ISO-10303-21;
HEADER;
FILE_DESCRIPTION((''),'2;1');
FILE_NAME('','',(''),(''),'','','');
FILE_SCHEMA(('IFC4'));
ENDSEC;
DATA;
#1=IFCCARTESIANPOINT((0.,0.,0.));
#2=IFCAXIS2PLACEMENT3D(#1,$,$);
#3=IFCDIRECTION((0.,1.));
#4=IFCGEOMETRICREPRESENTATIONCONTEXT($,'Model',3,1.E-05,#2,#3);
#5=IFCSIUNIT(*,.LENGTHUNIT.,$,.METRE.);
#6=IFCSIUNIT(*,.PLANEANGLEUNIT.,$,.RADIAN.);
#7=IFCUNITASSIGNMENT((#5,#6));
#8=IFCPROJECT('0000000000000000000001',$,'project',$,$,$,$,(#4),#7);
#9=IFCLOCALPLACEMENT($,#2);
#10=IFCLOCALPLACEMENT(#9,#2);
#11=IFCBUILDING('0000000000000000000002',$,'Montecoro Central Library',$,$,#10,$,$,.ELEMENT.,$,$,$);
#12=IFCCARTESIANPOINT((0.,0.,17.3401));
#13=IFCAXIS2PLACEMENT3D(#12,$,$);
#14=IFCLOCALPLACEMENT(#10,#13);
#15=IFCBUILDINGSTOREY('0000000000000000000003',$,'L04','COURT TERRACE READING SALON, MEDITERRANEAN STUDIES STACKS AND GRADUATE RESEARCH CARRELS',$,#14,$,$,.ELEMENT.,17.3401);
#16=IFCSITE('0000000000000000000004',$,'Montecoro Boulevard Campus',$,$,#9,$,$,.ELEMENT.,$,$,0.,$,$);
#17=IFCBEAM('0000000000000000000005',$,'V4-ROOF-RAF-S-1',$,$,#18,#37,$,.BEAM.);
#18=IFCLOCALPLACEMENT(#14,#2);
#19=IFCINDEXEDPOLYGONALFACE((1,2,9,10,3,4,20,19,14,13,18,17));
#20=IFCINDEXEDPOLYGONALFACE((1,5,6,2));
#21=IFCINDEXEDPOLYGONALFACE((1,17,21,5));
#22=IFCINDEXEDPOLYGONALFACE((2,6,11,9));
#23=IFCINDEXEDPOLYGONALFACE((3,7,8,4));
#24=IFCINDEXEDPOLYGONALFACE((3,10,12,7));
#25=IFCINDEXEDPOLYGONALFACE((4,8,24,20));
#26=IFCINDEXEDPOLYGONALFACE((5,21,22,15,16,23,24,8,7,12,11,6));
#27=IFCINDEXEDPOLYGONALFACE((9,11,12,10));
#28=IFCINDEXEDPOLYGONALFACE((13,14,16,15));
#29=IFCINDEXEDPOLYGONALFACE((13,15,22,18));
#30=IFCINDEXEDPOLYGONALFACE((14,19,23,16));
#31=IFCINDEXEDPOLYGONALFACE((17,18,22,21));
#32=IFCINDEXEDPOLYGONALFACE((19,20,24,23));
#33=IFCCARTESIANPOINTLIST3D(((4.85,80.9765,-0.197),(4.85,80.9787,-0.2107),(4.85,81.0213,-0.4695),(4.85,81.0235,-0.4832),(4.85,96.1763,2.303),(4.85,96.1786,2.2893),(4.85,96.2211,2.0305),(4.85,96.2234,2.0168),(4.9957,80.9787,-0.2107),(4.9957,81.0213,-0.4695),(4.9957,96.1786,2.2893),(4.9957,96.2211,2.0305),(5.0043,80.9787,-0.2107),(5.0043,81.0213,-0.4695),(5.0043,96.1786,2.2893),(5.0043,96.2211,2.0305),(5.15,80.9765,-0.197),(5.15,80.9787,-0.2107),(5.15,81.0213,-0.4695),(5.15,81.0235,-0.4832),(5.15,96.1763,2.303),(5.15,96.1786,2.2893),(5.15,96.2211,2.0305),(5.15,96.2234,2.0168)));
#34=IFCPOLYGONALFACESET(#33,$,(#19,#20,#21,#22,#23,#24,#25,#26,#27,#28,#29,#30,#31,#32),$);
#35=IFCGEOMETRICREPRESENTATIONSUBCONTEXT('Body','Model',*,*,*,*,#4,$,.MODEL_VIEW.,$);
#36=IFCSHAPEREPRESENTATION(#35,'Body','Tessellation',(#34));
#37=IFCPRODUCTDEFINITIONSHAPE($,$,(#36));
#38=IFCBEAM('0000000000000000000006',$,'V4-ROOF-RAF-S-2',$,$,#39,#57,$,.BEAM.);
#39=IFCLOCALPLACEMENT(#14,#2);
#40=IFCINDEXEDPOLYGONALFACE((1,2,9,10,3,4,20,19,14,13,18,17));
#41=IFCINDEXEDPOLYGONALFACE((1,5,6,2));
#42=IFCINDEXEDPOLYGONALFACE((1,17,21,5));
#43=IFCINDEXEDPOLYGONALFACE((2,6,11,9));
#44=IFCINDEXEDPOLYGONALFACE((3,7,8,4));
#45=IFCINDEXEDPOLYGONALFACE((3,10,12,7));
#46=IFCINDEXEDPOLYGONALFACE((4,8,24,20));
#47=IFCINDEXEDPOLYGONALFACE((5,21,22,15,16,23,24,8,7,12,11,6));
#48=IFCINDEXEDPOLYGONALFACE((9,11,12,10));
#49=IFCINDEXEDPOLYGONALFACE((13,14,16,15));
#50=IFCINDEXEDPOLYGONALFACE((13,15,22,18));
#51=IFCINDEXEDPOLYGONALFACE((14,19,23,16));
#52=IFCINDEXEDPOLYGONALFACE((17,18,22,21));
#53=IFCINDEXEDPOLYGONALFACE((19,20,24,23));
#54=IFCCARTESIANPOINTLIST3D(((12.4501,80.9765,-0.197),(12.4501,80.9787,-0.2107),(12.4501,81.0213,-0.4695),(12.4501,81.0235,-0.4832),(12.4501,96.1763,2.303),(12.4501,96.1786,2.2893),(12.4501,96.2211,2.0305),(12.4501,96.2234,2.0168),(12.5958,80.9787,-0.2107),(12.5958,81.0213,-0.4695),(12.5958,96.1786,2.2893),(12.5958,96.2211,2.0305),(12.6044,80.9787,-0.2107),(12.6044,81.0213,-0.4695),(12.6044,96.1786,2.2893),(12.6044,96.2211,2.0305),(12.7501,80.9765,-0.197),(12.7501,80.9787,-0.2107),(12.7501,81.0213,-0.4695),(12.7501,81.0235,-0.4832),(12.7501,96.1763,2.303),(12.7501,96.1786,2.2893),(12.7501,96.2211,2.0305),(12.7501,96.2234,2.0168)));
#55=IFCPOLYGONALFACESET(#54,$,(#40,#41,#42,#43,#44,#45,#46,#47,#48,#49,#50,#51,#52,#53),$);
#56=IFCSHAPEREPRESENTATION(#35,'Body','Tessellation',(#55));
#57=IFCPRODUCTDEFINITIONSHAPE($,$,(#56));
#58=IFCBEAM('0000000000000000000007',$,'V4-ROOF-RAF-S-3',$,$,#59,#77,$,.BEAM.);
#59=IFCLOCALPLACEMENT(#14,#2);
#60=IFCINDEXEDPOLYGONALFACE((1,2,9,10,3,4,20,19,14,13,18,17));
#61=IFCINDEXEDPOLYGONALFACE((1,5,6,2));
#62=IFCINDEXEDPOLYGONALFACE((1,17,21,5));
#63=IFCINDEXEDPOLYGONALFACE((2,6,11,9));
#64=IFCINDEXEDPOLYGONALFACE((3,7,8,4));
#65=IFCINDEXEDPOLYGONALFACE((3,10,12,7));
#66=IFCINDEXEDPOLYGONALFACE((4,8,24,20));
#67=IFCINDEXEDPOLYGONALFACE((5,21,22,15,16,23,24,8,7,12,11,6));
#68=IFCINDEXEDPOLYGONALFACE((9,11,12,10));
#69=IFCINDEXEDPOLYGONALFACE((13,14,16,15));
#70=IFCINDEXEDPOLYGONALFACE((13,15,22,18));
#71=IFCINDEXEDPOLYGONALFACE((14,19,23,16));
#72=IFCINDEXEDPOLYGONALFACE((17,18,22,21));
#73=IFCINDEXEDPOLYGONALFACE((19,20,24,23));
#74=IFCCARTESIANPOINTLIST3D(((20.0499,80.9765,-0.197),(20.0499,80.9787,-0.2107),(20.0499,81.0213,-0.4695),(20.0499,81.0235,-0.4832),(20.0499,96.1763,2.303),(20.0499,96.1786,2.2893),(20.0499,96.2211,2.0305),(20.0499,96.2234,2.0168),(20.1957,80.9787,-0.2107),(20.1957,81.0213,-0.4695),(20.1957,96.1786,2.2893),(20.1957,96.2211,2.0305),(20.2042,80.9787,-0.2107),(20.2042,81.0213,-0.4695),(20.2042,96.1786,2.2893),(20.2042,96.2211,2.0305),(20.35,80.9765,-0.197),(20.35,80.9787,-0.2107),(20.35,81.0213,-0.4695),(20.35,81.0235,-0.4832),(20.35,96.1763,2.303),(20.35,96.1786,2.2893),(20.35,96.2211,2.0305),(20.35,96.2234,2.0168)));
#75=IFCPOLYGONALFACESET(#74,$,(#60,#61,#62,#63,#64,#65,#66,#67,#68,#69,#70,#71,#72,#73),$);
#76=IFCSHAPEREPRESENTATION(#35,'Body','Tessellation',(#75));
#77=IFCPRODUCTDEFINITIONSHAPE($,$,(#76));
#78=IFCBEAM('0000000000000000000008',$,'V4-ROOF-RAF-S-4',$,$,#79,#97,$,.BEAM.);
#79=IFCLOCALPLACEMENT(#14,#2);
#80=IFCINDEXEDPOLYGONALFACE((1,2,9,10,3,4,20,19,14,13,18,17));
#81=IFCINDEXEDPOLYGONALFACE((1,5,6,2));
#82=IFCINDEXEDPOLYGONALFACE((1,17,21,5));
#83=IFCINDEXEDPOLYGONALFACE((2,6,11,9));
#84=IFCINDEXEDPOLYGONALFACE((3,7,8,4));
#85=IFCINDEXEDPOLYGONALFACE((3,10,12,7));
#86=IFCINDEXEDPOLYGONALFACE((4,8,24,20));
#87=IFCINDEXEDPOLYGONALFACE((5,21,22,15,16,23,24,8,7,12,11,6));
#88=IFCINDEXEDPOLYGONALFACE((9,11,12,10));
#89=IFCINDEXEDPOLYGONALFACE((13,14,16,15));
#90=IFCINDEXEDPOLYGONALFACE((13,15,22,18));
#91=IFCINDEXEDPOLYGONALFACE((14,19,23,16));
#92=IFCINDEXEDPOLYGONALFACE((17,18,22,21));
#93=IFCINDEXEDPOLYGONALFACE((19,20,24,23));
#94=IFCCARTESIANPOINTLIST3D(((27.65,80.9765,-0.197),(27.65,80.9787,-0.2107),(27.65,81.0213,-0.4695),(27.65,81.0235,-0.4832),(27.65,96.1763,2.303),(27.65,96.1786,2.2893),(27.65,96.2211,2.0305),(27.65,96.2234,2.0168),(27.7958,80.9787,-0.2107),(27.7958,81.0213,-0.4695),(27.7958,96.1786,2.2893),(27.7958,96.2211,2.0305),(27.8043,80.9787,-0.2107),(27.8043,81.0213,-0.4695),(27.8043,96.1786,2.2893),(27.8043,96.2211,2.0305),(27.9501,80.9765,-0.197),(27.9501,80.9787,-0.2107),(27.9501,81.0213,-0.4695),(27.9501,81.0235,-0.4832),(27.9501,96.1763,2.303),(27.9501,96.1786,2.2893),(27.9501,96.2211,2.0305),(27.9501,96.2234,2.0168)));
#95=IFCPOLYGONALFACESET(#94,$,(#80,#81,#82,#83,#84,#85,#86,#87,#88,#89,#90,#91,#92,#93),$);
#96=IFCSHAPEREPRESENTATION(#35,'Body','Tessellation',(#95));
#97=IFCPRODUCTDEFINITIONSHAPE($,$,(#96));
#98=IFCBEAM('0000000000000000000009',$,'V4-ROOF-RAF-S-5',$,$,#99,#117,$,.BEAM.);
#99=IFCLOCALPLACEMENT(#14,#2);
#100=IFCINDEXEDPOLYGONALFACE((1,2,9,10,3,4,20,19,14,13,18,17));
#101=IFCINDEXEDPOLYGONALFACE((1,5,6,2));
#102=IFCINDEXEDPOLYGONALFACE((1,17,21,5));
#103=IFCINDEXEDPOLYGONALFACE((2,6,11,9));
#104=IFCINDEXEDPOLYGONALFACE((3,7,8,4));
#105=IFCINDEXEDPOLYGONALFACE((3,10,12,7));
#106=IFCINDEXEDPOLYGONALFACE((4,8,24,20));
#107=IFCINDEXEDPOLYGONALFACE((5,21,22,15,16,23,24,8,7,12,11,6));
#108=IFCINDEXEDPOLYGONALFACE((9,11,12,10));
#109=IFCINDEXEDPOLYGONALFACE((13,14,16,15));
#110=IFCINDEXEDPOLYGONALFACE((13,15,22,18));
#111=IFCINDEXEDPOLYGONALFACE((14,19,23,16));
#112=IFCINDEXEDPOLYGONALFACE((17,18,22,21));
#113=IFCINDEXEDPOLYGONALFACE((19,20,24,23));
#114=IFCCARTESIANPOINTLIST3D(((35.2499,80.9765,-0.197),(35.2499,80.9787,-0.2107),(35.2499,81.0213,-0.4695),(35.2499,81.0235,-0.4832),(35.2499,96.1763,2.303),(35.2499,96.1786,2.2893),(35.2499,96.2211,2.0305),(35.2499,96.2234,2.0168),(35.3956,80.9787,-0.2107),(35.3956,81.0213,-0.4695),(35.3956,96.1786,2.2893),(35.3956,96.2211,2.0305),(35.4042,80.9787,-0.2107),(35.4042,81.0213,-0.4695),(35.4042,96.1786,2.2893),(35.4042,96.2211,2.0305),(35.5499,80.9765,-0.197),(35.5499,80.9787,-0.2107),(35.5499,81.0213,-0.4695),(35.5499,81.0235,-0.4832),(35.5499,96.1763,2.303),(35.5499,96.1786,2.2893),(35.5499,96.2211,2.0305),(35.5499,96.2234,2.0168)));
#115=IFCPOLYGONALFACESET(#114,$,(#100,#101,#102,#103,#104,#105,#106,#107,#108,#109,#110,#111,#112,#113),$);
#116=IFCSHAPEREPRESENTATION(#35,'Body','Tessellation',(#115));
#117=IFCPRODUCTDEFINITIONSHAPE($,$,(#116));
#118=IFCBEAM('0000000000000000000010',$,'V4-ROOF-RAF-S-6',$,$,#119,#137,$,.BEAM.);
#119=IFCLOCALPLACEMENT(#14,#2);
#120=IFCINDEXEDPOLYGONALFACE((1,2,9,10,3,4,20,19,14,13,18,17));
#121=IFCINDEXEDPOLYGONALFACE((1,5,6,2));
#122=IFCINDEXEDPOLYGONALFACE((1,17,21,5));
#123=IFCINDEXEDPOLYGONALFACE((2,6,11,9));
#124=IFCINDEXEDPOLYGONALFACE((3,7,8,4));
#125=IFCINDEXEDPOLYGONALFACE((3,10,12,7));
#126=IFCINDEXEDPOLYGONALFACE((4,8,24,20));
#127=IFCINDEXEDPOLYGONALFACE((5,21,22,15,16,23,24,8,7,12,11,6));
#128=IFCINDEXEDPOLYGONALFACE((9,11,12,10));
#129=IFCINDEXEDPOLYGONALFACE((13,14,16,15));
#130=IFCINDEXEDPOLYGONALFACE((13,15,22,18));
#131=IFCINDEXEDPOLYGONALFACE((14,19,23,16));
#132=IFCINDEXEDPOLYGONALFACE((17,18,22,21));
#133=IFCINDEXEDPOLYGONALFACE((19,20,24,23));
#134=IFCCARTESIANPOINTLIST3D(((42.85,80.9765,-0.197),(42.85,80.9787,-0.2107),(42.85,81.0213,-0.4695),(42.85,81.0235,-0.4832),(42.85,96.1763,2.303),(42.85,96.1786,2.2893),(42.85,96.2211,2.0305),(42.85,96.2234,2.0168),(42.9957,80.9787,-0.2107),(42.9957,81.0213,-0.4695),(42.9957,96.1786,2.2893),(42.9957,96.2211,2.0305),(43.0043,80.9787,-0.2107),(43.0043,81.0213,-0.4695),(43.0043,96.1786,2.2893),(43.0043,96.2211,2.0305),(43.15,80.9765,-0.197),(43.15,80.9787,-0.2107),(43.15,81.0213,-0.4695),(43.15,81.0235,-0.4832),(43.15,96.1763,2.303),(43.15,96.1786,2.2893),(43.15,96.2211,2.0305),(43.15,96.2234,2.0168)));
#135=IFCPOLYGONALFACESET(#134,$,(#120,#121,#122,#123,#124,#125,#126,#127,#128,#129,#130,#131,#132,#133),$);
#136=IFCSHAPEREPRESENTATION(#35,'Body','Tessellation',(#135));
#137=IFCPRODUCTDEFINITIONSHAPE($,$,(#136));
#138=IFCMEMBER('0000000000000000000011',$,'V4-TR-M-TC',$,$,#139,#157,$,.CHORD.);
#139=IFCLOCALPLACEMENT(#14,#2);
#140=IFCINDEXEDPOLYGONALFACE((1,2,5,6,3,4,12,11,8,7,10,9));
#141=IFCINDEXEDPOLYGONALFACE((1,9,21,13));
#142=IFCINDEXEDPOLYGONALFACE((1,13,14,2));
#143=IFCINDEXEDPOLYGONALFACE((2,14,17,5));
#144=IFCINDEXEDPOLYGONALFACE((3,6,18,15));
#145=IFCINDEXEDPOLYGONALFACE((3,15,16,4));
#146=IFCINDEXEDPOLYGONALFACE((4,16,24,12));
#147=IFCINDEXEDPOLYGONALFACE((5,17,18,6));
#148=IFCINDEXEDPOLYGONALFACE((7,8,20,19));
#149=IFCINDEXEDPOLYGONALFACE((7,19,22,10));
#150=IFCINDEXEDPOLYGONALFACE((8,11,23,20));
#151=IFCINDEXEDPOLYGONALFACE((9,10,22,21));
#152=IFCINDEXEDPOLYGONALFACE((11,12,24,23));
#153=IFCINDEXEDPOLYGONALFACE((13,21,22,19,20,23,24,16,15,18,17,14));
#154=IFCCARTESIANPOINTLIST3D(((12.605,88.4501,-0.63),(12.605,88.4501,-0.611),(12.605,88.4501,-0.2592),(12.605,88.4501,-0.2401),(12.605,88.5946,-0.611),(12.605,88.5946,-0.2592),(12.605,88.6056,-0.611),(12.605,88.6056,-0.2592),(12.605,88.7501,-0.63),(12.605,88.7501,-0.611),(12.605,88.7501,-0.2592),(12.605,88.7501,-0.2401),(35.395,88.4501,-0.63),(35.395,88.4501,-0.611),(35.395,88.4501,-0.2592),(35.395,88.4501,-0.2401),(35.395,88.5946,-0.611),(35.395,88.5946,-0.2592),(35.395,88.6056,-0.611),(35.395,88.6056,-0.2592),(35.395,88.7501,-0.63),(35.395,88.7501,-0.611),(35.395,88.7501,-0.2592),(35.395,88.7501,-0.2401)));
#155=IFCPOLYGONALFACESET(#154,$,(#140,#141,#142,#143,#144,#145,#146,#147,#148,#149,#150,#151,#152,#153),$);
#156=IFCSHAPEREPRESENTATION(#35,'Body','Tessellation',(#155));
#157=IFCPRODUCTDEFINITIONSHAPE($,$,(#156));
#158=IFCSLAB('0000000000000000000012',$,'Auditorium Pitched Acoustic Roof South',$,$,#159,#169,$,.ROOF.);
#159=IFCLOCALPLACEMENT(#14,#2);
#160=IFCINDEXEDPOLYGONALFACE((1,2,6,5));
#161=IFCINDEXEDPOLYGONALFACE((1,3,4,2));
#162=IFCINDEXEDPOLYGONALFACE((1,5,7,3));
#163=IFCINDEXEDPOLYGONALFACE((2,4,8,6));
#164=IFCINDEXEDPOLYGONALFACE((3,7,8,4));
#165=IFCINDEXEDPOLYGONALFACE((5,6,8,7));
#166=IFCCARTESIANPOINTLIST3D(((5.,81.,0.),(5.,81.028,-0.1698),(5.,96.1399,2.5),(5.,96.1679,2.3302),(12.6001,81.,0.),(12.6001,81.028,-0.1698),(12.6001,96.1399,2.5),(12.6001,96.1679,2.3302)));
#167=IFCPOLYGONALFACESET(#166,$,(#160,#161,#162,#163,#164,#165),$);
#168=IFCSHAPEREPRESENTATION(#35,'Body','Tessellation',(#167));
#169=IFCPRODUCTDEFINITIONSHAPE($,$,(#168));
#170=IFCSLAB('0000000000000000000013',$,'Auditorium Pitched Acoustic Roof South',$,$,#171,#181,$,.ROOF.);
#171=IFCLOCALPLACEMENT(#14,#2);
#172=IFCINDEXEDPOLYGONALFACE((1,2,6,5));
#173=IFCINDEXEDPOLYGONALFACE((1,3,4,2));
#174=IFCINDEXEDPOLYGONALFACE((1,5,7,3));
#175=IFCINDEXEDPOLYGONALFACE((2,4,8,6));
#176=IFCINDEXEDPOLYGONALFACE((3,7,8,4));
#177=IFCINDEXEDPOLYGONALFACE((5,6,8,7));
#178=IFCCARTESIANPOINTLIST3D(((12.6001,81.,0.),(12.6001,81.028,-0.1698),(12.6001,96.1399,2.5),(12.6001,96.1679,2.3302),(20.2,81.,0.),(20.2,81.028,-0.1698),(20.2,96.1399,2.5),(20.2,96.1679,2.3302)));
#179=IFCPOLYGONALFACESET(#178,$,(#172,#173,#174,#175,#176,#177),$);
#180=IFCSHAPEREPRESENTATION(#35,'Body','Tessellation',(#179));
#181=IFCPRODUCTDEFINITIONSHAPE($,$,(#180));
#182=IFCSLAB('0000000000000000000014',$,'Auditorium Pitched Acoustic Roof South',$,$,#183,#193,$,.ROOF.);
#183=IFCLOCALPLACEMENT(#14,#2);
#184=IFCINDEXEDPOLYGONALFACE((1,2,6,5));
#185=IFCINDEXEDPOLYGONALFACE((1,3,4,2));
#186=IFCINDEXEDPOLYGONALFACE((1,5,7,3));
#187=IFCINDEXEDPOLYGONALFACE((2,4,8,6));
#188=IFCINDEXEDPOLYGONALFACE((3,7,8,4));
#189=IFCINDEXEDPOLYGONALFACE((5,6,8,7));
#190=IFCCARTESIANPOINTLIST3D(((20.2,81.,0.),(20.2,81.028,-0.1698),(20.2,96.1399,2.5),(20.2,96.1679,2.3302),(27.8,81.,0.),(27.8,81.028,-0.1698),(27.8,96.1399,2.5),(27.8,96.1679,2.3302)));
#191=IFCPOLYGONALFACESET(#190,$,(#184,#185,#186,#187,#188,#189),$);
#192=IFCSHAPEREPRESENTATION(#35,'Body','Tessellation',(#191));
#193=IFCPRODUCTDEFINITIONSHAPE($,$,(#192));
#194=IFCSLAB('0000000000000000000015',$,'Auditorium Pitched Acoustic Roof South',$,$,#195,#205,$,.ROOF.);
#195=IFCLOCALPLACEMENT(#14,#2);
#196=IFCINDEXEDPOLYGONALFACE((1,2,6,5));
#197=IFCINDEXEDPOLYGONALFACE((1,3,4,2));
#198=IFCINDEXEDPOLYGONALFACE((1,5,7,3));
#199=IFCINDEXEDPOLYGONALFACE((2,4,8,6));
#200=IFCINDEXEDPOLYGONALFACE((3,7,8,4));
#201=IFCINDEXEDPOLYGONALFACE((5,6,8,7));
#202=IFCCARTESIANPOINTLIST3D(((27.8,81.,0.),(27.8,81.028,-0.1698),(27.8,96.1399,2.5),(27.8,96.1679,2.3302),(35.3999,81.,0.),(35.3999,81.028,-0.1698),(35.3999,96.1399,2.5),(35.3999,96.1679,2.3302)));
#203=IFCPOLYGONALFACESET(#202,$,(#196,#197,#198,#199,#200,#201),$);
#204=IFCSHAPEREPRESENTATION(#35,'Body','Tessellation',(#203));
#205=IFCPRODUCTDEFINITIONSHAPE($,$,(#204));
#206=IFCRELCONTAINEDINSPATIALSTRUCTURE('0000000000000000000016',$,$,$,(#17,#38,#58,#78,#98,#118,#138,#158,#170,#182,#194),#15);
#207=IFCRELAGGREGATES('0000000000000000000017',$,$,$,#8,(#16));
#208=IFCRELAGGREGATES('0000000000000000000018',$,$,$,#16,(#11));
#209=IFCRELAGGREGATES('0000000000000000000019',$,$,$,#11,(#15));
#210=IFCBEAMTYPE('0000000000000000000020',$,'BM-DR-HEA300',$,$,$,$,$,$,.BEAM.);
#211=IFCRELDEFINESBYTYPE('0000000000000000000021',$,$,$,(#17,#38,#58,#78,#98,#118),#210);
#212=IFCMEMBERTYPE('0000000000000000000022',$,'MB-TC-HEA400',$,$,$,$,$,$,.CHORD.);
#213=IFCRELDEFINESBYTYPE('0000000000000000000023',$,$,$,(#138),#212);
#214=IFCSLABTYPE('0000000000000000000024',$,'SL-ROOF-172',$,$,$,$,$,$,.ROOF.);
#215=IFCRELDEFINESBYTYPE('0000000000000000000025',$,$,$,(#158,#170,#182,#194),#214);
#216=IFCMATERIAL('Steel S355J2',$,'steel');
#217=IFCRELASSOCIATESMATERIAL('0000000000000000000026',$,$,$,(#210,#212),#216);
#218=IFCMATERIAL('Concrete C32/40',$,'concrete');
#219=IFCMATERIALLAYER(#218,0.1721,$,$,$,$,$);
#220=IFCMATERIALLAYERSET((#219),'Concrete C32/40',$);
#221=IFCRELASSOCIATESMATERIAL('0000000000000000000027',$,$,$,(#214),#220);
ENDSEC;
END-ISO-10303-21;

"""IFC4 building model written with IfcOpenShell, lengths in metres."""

from ifc_helpers import new_model, si_unit, direction, frame, origin, origin_2d, place, context, subcontext, project, spatial, polyline, i_section, outline, extrude, material, layer, layer_set, material_profile, profile_set, type_object, element, save


model = new_model("IFC4")

# Units and contexts
model_context = context("Model", 3, precision=1e-05, world=origin(), true_north=direction((0.0, 1.0)))
body_context = subcontext(model_context, "Body", "Model", "MODEL_VIEW")
ifc_project = project(units=[si_unit("LENGTHUNIT", "METRE"), si_unit("PLANEANGLEUNIT", "RADIAN")], contexts=[model_context])

# Site, building, storey
site_placement = place(None, origin())
site = spatial("IfcSite", under=ifc_project, at=site_placement, Name="Montecoro Boulevard Campus", CompositionType="ELEMENT", RefElevation=0.0)
building_placement = place(site_placement, origin())
building = spatial("IfcBuilding", under=site, at=building_placement, Name="Montecoro Central Library", CompositionType="ELEMENT")
storey_placement = place(building_placement, frame((0.0, 0.0, 17.3401)))
storey = spatial("IfcBuildingStorey", under=building, at=storey_placement, Name="L04", Description="COURT TERRACE READING SALON, MEDITERRANEAN STUDIES STACKS AND GRADUATE RESEARCH CARRELS", CompositionType="ELEMENT", Elevation=17.3401)

# Beams
ifc_material_1 = material(Name="Steel S355J2", Category="steel")
ifc_material_profile_1 = material_profile(ifc_material_1, i_section(OverallWidth=0.3, OverallDepth=0.29, WebThickness=0.0085, FlangeThickness=0.0139, at=origin_2d()), Name="HEA 300")
ifc_profile_set_1 = profile_set([ifc_material_profile_1], Name="Steel S355J2")
beam_type = type_object("IfcBeamType", Name="BM-DR-HEA300", PredefinedType="BEAM", material=ifc_profile_set_1)
for number, where, z_axis, x_axis, name in (
    (1, (5.0, 81.0, -0.3401), (0.0, 0.986742, 0.162294), (-1.0, 0.0, 0.0), "V4-ROOF-RAF-S-1"),
    (2, (12.6001, 81.0, -0.3401), (0.0, 0.986742, 0.162294), (-1.0, 0.0, 0.0), "V4-ROOF-RAF-S-2"),
    (3, (20.2, 81.0, -0.3401), (0.0, 0.986742, 0.162294), (-1.0, 0.0, 0.0), "V4-ROOF-RAF-S-3"),
    (4, (27.8, 81.0, -0.3401), (0.0, 0.986742, 0.162294), (-1.0, 0.0, 0.0), "V4-ROOF-RAF-S-4"),
    (5, (35.3999, 81.0, -0.3401), (0.0, 0.986742, 0.162294), (-1.0, 0.0, 0.0), "V4-ROOF-RAF-S-5"),
    (6, (43.0, 81.0, -0.3401), (0.0, 0.986742, 0.162294), (-1.0, 0.0, 0.0), "V4-ROOF-RAF-S-6"),
):
    element("IfcBeam", number, at=place(storey_placement, frame(where, z_axis=z_axis, x_axis=x_axis)), inside=storey, type_object=beam_type, Name=name, PredefinedType="BEAM", context=body_context, shape_type="SweptSolid", body=[
        extrude(i_section(OverallWidth=0.3, OverallDepth=0.29, WebThickness=0.0085, FlangeThickness=0.0139, at=origin_2d()), origin(), (0.0, 0.0, 1.0), 15.4041),
    ])

# Member
ifc_material_profile_2 = material_profile(ifc_material_1, i_section(OverallWidth=0.3, OverallDepth=0.3899, WebThickness=0.011, FlangeThickness=0.019, at=origin_2d()), Name="HEA 400")
ifc_profile_set_2 = profile_set([ifc_material_profile_2], Name="Steel S355J2")
member_type = type_object("IfcMemberType", Name="MB-TC-HEA400", PredefinedType="CHORD", material=ifc_profile_set_2)
member_placement = place(storey_placement, frame((12.605, 88.6001, -0.4351), z_axis=(1.0, 0.0, 0.0), x_axis=(0.0, 1.0, 0.0)))
element("IfcMember", 7, at=member_placement, inside=storey, type_object=member_type, Name="V4-TR-M-TC", PredefinedType="CHORD", context=body_context, shape_type="SweptSolid", body=[
    extrude(i_section(OverallWidth=0.3, OverallDepth=0.3899, WebThickness=0.011, FlangeThickness=0.019, at=origin_2d()), origin(), (0.0, 0.0, 1.0), 22.79),
])

# Slabs
ifc_material_2 = material(Name="Concrete C32/40", Category="concrete")
ifc_layer_1 = layer(ifc_material_2, 0.1721)
ifc_layer_set_1 = layer_set([ifc_layer_1], Name="Concrete C32/40")
slab_type = type_object("IfcSlabType", Name="SL-ROOF-172", PredefinedType="ROOF", material=ifc_layer_set_1)
slab_1_placement = place(storey_placement, frame((5.0, 81.0, 0.0), z_axis=(0.0, -0.16292, 0.986639), x_axis=(1.0, 0.0, 0.0)))
element("IfcSlab", 8, at=slab_1_placement, inside=storey, type_object=slab_type, Name="Auditorium Pitched Acoustic Roof South", PredefinedType="ROOF", context=body_context, shape_type="SweptSolid", body=[
    extrude(outline(polyline([(0.0, 0.0), (7.6001, 0.0), (7.6001, 15.3449), (0.0, 15.3449), (0.0, 0.0)])), origin(), (0.0, 0.0, -1.0), 0.1721),
])
slab_2_placement = place(storey_placement, frame((12.6001, 81.0, 0.0), z_axis=(0.0, -0.16292, 0.986639), x_axis=(1.0, 0.0, 0.0)))
element("IfcSlab", 9, at=slab_2_placement, inside=storey, type_object=slab_type, Name="Auditorium Pitched Acoustic Roof South", PredefinedType="ROOF", context=body_context, shape_type="SweptSolid", body=[
    extrude(outline(polyline([(0.0, 0.0), (7.5999, 0.0), (7.5999, 15.3449), (0.0, 15.3449), (0.0, 0.0)])), origin(), (0.0, 0.0, -1.0), 0.1721),
])
slab_3_placement = place(storey_placement, frame((20.2, 81.0, 0.0), z_axis=(0.0, -0.16292, 0.986639), x_axis=(1.0, 0.0, 0.0)))
element("IfcSlab", 10, at=slab_3_placement, inside=storey, type_object=slab_type, Name="Auditorium Pitched Acoustic Roof South", PredefinedType="ROOF", context=body_context, shape_type="SweptSolid", body=[
    extrude(outline(polyline([(0.0, 0.0), (7.6001, 0.0), (7.6001, 15.3449), (0.0, 15.3449), (0.0, 0.0)])), origin(), (0.0, 0.0, -1.0), 0.1721),
])
slab_4_placement = place(storey_placement, frame((27.8, 81.0, 0.0), z_axis=(0.0, -0.16292, 0.986639), x_axis=(1.0, 0.0, 0.0)))
element("IfcSlab", 11, at=slab_4_placement, inside=storey, type_object=slab_type, Name="Auditorium Pitched Acoustic Roof South", PredefinedType="ROOF", context=body_context, shape_type="SweptSolid", body=[
    extrude(outline(polyline([(0.0, 0.0), (7.5999, 0.0), (7.5999, 15.3449), (0.0, 15.3449), (0.0, 0.0)])), origin(), (0.0, 0.0, -1.0), 0.1721),
])

save(model, "model.ifc")
